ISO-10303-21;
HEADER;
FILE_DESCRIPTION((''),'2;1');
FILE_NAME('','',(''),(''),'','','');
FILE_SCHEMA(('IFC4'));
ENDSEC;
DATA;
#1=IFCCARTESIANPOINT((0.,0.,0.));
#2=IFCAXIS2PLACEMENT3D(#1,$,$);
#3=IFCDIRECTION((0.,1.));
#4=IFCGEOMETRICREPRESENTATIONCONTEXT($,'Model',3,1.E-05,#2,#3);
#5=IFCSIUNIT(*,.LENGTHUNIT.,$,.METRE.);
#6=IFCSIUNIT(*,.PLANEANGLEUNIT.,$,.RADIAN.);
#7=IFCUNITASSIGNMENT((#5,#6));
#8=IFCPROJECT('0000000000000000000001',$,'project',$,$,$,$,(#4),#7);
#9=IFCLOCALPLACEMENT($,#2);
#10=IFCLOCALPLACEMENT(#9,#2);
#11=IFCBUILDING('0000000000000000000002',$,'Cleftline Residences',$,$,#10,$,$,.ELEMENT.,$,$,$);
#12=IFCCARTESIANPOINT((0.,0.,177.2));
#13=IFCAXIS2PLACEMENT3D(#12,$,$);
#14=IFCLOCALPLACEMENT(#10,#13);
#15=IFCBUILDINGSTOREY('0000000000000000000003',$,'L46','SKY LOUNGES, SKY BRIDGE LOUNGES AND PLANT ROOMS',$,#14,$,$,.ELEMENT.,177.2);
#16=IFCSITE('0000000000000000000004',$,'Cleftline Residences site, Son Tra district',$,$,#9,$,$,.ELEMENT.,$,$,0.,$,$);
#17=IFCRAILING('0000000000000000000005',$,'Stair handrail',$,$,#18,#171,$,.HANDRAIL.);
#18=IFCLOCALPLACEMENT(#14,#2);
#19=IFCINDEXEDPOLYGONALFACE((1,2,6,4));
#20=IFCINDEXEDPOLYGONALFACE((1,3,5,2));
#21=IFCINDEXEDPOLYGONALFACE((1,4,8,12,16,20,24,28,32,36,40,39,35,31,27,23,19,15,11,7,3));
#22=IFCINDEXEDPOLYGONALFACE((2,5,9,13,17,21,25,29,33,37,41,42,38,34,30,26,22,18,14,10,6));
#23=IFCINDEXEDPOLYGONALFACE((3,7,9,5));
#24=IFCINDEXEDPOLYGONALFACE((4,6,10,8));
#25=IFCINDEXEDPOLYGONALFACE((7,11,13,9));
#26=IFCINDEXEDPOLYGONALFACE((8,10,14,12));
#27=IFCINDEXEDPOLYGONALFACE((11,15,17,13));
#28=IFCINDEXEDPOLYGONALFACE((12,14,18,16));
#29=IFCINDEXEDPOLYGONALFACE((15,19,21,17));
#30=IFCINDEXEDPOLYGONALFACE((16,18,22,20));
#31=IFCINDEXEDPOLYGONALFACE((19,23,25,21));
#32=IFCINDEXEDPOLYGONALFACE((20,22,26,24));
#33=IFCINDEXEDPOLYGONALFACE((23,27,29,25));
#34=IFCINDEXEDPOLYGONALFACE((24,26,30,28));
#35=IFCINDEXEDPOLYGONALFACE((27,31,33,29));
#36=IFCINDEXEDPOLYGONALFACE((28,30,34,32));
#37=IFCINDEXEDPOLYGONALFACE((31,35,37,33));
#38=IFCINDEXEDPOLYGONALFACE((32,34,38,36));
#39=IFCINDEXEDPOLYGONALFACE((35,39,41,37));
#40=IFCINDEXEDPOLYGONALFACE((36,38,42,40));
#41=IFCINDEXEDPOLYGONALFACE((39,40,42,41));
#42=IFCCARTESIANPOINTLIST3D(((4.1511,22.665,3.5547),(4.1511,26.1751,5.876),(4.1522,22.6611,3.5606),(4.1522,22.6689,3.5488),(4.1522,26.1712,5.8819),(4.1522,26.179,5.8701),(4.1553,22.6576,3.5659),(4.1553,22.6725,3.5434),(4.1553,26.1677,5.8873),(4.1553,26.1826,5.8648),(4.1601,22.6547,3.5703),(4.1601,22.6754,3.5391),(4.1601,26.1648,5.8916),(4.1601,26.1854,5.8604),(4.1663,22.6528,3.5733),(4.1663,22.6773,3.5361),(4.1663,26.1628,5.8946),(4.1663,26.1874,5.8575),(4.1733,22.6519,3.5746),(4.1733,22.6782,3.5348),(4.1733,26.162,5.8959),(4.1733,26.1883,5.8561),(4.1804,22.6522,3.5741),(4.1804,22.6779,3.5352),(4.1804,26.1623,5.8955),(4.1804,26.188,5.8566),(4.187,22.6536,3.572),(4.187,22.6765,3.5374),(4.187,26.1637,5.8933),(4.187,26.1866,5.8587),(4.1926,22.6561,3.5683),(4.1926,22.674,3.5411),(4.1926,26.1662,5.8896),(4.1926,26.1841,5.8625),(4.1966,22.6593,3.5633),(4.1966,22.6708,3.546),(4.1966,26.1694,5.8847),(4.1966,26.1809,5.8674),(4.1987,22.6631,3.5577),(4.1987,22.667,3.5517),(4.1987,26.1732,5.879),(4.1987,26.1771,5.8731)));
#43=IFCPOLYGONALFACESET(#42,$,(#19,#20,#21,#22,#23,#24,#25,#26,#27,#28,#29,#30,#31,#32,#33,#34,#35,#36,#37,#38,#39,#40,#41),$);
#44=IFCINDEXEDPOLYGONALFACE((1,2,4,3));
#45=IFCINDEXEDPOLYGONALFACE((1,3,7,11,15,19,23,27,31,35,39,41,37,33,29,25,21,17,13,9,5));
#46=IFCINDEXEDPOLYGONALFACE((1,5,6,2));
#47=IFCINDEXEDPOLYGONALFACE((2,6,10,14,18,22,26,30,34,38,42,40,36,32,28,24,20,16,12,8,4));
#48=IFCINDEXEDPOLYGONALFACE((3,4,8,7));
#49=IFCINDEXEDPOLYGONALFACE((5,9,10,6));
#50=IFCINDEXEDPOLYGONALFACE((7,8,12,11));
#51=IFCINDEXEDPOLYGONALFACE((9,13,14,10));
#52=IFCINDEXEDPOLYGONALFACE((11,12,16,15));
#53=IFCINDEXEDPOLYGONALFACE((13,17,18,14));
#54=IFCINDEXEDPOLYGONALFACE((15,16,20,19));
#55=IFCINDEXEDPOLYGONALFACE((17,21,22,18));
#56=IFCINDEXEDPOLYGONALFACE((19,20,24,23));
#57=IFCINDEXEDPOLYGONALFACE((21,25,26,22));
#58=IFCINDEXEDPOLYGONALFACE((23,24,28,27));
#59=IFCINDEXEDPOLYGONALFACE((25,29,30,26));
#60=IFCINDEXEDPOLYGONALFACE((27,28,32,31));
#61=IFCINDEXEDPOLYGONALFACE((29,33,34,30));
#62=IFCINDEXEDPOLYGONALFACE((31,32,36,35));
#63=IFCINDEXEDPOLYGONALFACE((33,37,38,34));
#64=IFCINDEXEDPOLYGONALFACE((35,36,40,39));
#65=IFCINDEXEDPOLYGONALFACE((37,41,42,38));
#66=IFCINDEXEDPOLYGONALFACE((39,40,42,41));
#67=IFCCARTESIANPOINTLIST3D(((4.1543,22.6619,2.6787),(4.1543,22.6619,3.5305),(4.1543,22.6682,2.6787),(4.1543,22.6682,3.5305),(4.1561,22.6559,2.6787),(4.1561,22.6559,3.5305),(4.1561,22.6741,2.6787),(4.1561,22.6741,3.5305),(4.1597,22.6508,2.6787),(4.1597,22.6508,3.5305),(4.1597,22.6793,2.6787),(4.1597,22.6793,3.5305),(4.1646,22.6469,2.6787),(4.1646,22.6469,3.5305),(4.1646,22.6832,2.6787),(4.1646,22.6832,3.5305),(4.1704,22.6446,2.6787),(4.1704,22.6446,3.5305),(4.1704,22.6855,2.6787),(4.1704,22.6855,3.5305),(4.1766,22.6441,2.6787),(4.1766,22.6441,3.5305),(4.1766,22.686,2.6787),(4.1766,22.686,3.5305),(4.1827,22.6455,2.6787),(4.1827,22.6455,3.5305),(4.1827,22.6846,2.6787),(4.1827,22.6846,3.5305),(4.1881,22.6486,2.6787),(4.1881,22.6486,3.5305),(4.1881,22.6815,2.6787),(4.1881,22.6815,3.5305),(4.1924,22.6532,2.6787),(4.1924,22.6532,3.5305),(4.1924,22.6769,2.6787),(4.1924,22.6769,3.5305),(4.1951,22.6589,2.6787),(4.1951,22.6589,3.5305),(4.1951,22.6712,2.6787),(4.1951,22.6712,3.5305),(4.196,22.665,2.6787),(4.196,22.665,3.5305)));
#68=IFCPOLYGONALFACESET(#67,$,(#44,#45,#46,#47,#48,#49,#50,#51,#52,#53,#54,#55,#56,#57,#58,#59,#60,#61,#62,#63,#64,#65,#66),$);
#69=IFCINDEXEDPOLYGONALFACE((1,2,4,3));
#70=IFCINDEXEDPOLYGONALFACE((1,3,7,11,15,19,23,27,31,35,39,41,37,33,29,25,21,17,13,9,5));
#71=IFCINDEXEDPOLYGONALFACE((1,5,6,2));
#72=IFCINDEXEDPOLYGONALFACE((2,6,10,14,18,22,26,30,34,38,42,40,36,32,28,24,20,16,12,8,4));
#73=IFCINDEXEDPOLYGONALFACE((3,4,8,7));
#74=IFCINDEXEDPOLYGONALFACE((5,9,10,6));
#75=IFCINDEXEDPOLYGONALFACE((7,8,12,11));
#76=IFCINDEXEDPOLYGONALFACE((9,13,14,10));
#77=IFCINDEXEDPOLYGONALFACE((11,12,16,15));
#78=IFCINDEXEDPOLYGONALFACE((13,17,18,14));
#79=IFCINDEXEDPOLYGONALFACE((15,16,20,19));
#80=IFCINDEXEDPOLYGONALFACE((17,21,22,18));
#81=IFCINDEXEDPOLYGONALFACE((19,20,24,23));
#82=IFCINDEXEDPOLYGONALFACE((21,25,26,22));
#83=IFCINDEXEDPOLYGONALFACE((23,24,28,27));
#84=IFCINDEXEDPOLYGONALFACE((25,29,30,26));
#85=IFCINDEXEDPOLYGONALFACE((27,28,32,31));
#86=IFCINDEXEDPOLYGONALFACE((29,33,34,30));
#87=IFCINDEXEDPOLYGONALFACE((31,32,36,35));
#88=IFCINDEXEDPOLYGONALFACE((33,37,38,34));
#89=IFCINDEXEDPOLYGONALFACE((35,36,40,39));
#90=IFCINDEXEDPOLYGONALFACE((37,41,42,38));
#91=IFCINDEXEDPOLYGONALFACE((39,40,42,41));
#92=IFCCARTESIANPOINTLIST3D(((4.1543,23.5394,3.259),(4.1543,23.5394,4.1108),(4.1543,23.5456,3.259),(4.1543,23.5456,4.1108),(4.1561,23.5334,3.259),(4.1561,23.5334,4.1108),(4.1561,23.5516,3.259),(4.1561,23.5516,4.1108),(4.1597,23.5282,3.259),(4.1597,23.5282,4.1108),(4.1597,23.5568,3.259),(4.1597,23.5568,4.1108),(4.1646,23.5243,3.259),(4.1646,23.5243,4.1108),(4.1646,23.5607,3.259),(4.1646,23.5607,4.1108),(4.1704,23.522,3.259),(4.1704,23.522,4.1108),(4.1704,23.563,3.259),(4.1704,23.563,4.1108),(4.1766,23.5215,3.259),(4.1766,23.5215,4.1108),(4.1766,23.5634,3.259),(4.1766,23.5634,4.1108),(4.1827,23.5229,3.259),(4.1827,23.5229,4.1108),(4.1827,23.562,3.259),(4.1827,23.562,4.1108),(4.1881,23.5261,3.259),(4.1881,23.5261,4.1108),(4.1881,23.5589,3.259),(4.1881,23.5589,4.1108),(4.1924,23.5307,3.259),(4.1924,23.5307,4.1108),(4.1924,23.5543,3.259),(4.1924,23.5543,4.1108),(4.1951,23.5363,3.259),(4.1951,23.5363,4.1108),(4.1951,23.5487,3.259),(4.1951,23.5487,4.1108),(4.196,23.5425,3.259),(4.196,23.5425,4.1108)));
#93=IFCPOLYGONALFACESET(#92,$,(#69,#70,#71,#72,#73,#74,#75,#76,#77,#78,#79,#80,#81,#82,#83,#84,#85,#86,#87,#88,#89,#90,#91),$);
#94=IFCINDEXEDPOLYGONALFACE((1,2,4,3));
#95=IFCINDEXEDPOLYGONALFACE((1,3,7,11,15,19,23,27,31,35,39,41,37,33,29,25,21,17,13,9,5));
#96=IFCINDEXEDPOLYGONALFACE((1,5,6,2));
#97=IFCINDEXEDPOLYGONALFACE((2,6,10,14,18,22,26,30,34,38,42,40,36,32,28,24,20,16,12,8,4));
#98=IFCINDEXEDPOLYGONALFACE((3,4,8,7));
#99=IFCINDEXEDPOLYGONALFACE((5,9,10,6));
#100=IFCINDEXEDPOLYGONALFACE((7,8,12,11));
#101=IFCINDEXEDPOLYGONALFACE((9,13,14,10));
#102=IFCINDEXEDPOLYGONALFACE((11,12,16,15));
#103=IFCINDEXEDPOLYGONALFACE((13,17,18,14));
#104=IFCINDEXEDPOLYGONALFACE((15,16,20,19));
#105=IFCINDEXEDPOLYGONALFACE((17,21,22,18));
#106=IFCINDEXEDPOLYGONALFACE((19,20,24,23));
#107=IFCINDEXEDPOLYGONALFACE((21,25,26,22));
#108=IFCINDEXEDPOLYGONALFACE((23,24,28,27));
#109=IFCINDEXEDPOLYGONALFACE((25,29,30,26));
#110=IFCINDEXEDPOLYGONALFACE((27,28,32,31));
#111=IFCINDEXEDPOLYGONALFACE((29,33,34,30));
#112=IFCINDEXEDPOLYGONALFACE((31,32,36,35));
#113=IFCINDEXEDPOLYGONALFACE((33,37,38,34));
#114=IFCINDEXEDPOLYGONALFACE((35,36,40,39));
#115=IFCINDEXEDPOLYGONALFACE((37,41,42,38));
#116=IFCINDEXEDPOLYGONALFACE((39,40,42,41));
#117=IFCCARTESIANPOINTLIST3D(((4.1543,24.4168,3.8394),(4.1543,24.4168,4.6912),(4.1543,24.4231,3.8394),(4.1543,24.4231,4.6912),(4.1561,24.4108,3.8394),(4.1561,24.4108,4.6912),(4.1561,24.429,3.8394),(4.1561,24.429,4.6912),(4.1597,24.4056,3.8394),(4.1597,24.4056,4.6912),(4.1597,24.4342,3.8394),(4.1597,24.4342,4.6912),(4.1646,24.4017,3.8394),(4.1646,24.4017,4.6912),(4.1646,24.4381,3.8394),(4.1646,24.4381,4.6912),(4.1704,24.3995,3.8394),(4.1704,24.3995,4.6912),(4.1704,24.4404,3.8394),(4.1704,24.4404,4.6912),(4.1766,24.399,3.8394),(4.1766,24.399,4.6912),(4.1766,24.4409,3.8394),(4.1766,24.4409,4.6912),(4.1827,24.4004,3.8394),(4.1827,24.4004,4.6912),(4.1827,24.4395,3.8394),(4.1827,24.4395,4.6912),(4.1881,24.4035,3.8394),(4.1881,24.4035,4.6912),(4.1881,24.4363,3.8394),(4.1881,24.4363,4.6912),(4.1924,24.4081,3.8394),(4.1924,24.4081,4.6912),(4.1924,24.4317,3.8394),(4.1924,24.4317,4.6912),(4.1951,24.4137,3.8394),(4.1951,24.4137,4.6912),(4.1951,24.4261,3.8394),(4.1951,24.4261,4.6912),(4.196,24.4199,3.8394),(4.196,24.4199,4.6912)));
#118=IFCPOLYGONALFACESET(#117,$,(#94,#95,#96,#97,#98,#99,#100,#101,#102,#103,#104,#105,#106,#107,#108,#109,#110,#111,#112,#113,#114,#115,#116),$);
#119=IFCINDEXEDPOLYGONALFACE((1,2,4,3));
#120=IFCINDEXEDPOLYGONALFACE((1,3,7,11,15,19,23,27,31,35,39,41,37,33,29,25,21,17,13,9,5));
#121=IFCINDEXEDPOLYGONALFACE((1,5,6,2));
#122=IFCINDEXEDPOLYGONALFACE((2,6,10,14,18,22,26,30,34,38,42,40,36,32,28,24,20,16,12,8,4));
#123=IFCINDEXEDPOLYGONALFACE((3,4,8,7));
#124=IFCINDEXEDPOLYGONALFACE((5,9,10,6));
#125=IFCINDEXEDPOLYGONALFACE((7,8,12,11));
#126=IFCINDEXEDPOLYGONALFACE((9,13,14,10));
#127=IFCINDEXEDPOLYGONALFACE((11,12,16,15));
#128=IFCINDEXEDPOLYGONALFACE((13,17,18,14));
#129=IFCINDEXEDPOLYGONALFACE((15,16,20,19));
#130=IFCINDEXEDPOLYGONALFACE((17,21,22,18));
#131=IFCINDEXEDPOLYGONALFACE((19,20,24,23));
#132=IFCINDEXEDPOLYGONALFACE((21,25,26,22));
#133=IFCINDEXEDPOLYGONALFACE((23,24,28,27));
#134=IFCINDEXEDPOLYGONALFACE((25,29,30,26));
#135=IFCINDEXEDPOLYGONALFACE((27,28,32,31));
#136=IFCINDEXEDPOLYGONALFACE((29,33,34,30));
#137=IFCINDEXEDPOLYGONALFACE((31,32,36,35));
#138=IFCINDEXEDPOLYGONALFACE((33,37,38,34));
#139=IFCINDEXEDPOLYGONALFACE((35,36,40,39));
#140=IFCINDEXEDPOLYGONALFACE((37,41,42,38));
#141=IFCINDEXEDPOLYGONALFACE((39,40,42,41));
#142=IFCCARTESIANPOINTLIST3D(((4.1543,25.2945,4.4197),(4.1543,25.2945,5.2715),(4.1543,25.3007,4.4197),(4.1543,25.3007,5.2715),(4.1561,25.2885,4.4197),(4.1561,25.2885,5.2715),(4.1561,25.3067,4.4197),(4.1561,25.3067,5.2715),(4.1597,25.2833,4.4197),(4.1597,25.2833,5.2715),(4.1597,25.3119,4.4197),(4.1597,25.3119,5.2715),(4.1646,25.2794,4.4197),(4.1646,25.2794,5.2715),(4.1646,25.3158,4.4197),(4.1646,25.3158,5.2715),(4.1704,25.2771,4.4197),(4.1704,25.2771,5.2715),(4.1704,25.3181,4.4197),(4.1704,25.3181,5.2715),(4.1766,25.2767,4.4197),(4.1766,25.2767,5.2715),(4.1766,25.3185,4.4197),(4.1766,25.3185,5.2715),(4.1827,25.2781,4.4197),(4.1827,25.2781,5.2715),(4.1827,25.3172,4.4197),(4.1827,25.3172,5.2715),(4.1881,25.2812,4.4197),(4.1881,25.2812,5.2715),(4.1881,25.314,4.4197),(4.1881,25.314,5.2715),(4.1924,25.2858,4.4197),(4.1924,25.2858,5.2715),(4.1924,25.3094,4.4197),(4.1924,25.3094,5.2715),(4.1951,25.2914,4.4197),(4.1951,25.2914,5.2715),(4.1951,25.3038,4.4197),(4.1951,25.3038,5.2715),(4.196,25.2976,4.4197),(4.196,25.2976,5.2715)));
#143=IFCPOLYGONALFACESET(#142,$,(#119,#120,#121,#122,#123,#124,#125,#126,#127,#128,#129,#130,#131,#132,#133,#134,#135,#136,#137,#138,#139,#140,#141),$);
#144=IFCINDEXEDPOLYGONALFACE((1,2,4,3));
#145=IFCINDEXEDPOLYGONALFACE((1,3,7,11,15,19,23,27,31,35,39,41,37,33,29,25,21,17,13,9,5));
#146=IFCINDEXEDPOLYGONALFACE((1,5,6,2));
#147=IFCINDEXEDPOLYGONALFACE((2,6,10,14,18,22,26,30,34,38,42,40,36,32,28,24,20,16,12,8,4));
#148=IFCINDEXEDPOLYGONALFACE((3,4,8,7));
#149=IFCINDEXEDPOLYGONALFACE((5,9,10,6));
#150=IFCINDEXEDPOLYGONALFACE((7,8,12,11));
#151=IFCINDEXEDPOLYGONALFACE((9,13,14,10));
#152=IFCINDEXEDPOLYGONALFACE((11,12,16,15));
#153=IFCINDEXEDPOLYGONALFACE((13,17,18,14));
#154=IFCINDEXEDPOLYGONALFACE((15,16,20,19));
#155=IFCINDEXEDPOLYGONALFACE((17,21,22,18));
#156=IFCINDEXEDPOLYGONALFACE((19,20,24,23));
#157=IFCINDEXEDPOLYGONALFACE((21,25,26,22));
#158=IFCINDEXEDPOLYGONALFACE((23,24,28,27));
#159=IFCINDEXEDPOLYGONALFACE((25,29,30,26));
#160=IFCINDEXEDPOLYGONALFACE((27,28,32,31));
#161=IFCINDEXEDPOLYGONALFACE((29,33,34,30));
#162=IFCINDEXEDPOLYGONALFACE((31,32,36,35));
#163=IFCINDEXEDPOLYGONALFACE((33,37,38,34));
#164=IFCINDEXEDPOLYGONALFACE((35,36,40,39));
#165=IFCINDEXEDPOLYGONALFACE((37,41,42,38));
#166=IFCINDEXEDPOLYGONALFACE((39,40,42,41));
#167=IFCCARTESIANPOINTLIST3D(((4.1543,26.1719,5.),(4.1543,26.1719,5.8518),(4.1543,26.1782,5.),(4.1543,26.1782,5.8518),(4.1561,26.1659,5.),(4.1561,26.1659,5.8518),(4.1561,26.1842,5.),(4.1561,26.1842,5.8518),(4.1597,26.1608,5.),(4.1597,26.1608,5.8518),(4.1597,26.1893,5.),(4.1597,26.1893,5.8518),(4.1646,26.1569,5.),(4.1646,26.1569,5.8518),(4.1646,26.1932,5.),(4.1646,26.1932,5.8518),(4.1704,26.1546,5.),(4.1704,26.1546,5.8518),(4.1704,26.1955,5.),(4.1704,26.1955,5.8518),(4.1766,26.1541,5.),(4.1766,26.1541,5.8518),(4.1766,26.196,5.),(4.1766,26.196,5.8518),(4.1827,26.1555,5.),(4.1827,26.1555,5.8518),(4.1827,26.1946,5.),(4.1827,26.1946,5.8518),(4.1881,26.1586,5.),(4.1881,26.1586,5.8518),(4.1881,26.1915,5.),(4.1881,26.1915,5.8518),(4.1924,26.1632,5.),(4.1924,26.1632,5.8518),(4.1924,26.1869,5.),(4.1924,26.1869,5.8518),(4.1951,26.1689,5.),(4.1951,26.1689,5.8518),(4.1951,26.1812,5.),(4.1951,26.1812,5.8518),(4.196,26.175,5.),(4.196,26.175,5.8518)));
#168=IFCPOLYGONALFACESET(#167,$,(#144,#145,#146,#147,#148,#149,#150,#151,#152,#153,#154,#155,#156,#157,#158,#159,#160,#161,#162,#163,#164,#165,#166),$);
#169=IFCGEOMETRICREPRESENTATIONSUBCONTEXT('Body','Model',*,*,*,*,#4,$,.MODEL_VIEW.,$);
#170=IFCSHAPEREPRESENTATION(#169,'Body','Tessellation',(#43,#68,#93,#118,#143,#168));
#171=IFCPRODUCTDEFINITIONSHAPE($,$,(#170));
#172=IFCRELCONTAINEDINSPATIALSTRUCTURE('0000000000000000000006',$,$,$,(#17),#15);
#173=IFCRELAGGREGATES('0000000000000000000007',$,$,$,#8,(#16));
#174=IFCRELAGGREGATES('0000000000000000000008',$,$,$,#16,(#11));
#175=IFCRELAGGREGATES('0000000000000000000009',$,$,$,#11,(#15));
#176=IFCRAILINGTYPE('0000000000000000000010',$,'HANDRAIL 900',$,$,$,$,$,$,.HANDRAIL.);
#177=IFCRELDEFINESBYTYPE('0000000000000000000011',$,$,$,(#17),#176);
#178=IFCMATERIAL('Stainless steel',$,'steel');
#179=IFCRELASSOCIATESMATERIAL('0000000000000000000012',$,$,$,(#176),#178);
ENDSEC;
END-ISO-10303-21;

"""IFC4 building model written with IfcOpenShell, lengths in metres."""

from ifc_helpers import new_model, si_unit, direction, frame, origin, origin_2d, place, context, subcontext, project, spatial, circle, extrude, material, type_object, element, save


model = new_model("IFC4")

# Units and contexts
model_context = context("Model", 3, precision=1e-05, world=origin(), true_north=direction((0.0, 1.0)))
body_context = subcontext(model_context, "Body", "Model", "MODEL_VIEW")
ifc_project = project(units=[si_unit("LENGTHUNIT", "METRE"), si_unit("PLANEANGLEUNIT", "RADIAN")], contexts=[model_context])

# Site, building, storey
site_placement = place(None, origin())
site = spatial("IfcSite", under=ifc_project, at=site_placement, Name="Cleftline Residences site, Son Tra district", CompositionType="ELEMENT", RefElevation=0.0)
building_placement = place(site_placement, origin())
building = spatial("IfcBuilding", under=site, at=building_placement, Name="Cleftline Residences", CompositionType="ELEMENT")
storey_placement = place(building_placement, frame((0.0, 0.0, 177.2)))
storey = spatial("IfcBuildingStorey", under=building, at=storey_placement, Name="L46", Description="SKY LOUNGES, SKY BRIDGE LOUNGES AND PLANT ROOMS", CompositionType="ELEMENT", Elevation=177.2)

# Railing
ifc_material_1 = material(Name="Stainless steel", Category="steel")
railing_type = type_object("IfcRailingType", Name="HANDRAIL 900", PredefinedType="HANDRAIL", material=ifc_material_1)
railing_1_placement = place(storey_placement, frame((4.175, 22.665, 2.6787)))
element("IfcRailing", 1, at=railing_1_placement, inside=storey, type_object=railing_type, Name="Stair handrail", PredefinedType="HANDRAIL", context=body_context, shape_type="SweptSolid", body=[
    extrude(circle(Radius=0.0239, at=origin_2d()), frame((0.0, 0.0, 0.876), z_axis=(0.0, 0.834097, 0.551617), x_axis=(-1.0, 0.0, 0.0)), (0.0, 0.0, 1.0), 4.2083),
    extrude(circle(Radius=0.021, at=origin_2d()), origin(), (0.0, 0.0, 1.0), 0.8518),
    extrude(circle(Radius=0.021, at=origin_2d()), frame((0.0, 0.8774, 0.5803)), (0.0, 0.0, 1.0), 0.8518),
    extrude(circle(Radius=0.021, at=origin_2d()), frame((0.0, 1.7549, 1.1606)), (0.0, 0.0, 1.0), 0.8518),
    extrude(circle(Radius=0.021, at=origin_2d()), frame((0.0, 2.6326, 1.741)), (0.0, 0.0, 1.0), 0.8518),
    extrude(circle(Radius=0.021, at=origin_2d()), frame((0.0, 3.51, 2.3213)), (0.0, 0.0, 1.0), 0.8518),
])

save(model, "model.ifc")
